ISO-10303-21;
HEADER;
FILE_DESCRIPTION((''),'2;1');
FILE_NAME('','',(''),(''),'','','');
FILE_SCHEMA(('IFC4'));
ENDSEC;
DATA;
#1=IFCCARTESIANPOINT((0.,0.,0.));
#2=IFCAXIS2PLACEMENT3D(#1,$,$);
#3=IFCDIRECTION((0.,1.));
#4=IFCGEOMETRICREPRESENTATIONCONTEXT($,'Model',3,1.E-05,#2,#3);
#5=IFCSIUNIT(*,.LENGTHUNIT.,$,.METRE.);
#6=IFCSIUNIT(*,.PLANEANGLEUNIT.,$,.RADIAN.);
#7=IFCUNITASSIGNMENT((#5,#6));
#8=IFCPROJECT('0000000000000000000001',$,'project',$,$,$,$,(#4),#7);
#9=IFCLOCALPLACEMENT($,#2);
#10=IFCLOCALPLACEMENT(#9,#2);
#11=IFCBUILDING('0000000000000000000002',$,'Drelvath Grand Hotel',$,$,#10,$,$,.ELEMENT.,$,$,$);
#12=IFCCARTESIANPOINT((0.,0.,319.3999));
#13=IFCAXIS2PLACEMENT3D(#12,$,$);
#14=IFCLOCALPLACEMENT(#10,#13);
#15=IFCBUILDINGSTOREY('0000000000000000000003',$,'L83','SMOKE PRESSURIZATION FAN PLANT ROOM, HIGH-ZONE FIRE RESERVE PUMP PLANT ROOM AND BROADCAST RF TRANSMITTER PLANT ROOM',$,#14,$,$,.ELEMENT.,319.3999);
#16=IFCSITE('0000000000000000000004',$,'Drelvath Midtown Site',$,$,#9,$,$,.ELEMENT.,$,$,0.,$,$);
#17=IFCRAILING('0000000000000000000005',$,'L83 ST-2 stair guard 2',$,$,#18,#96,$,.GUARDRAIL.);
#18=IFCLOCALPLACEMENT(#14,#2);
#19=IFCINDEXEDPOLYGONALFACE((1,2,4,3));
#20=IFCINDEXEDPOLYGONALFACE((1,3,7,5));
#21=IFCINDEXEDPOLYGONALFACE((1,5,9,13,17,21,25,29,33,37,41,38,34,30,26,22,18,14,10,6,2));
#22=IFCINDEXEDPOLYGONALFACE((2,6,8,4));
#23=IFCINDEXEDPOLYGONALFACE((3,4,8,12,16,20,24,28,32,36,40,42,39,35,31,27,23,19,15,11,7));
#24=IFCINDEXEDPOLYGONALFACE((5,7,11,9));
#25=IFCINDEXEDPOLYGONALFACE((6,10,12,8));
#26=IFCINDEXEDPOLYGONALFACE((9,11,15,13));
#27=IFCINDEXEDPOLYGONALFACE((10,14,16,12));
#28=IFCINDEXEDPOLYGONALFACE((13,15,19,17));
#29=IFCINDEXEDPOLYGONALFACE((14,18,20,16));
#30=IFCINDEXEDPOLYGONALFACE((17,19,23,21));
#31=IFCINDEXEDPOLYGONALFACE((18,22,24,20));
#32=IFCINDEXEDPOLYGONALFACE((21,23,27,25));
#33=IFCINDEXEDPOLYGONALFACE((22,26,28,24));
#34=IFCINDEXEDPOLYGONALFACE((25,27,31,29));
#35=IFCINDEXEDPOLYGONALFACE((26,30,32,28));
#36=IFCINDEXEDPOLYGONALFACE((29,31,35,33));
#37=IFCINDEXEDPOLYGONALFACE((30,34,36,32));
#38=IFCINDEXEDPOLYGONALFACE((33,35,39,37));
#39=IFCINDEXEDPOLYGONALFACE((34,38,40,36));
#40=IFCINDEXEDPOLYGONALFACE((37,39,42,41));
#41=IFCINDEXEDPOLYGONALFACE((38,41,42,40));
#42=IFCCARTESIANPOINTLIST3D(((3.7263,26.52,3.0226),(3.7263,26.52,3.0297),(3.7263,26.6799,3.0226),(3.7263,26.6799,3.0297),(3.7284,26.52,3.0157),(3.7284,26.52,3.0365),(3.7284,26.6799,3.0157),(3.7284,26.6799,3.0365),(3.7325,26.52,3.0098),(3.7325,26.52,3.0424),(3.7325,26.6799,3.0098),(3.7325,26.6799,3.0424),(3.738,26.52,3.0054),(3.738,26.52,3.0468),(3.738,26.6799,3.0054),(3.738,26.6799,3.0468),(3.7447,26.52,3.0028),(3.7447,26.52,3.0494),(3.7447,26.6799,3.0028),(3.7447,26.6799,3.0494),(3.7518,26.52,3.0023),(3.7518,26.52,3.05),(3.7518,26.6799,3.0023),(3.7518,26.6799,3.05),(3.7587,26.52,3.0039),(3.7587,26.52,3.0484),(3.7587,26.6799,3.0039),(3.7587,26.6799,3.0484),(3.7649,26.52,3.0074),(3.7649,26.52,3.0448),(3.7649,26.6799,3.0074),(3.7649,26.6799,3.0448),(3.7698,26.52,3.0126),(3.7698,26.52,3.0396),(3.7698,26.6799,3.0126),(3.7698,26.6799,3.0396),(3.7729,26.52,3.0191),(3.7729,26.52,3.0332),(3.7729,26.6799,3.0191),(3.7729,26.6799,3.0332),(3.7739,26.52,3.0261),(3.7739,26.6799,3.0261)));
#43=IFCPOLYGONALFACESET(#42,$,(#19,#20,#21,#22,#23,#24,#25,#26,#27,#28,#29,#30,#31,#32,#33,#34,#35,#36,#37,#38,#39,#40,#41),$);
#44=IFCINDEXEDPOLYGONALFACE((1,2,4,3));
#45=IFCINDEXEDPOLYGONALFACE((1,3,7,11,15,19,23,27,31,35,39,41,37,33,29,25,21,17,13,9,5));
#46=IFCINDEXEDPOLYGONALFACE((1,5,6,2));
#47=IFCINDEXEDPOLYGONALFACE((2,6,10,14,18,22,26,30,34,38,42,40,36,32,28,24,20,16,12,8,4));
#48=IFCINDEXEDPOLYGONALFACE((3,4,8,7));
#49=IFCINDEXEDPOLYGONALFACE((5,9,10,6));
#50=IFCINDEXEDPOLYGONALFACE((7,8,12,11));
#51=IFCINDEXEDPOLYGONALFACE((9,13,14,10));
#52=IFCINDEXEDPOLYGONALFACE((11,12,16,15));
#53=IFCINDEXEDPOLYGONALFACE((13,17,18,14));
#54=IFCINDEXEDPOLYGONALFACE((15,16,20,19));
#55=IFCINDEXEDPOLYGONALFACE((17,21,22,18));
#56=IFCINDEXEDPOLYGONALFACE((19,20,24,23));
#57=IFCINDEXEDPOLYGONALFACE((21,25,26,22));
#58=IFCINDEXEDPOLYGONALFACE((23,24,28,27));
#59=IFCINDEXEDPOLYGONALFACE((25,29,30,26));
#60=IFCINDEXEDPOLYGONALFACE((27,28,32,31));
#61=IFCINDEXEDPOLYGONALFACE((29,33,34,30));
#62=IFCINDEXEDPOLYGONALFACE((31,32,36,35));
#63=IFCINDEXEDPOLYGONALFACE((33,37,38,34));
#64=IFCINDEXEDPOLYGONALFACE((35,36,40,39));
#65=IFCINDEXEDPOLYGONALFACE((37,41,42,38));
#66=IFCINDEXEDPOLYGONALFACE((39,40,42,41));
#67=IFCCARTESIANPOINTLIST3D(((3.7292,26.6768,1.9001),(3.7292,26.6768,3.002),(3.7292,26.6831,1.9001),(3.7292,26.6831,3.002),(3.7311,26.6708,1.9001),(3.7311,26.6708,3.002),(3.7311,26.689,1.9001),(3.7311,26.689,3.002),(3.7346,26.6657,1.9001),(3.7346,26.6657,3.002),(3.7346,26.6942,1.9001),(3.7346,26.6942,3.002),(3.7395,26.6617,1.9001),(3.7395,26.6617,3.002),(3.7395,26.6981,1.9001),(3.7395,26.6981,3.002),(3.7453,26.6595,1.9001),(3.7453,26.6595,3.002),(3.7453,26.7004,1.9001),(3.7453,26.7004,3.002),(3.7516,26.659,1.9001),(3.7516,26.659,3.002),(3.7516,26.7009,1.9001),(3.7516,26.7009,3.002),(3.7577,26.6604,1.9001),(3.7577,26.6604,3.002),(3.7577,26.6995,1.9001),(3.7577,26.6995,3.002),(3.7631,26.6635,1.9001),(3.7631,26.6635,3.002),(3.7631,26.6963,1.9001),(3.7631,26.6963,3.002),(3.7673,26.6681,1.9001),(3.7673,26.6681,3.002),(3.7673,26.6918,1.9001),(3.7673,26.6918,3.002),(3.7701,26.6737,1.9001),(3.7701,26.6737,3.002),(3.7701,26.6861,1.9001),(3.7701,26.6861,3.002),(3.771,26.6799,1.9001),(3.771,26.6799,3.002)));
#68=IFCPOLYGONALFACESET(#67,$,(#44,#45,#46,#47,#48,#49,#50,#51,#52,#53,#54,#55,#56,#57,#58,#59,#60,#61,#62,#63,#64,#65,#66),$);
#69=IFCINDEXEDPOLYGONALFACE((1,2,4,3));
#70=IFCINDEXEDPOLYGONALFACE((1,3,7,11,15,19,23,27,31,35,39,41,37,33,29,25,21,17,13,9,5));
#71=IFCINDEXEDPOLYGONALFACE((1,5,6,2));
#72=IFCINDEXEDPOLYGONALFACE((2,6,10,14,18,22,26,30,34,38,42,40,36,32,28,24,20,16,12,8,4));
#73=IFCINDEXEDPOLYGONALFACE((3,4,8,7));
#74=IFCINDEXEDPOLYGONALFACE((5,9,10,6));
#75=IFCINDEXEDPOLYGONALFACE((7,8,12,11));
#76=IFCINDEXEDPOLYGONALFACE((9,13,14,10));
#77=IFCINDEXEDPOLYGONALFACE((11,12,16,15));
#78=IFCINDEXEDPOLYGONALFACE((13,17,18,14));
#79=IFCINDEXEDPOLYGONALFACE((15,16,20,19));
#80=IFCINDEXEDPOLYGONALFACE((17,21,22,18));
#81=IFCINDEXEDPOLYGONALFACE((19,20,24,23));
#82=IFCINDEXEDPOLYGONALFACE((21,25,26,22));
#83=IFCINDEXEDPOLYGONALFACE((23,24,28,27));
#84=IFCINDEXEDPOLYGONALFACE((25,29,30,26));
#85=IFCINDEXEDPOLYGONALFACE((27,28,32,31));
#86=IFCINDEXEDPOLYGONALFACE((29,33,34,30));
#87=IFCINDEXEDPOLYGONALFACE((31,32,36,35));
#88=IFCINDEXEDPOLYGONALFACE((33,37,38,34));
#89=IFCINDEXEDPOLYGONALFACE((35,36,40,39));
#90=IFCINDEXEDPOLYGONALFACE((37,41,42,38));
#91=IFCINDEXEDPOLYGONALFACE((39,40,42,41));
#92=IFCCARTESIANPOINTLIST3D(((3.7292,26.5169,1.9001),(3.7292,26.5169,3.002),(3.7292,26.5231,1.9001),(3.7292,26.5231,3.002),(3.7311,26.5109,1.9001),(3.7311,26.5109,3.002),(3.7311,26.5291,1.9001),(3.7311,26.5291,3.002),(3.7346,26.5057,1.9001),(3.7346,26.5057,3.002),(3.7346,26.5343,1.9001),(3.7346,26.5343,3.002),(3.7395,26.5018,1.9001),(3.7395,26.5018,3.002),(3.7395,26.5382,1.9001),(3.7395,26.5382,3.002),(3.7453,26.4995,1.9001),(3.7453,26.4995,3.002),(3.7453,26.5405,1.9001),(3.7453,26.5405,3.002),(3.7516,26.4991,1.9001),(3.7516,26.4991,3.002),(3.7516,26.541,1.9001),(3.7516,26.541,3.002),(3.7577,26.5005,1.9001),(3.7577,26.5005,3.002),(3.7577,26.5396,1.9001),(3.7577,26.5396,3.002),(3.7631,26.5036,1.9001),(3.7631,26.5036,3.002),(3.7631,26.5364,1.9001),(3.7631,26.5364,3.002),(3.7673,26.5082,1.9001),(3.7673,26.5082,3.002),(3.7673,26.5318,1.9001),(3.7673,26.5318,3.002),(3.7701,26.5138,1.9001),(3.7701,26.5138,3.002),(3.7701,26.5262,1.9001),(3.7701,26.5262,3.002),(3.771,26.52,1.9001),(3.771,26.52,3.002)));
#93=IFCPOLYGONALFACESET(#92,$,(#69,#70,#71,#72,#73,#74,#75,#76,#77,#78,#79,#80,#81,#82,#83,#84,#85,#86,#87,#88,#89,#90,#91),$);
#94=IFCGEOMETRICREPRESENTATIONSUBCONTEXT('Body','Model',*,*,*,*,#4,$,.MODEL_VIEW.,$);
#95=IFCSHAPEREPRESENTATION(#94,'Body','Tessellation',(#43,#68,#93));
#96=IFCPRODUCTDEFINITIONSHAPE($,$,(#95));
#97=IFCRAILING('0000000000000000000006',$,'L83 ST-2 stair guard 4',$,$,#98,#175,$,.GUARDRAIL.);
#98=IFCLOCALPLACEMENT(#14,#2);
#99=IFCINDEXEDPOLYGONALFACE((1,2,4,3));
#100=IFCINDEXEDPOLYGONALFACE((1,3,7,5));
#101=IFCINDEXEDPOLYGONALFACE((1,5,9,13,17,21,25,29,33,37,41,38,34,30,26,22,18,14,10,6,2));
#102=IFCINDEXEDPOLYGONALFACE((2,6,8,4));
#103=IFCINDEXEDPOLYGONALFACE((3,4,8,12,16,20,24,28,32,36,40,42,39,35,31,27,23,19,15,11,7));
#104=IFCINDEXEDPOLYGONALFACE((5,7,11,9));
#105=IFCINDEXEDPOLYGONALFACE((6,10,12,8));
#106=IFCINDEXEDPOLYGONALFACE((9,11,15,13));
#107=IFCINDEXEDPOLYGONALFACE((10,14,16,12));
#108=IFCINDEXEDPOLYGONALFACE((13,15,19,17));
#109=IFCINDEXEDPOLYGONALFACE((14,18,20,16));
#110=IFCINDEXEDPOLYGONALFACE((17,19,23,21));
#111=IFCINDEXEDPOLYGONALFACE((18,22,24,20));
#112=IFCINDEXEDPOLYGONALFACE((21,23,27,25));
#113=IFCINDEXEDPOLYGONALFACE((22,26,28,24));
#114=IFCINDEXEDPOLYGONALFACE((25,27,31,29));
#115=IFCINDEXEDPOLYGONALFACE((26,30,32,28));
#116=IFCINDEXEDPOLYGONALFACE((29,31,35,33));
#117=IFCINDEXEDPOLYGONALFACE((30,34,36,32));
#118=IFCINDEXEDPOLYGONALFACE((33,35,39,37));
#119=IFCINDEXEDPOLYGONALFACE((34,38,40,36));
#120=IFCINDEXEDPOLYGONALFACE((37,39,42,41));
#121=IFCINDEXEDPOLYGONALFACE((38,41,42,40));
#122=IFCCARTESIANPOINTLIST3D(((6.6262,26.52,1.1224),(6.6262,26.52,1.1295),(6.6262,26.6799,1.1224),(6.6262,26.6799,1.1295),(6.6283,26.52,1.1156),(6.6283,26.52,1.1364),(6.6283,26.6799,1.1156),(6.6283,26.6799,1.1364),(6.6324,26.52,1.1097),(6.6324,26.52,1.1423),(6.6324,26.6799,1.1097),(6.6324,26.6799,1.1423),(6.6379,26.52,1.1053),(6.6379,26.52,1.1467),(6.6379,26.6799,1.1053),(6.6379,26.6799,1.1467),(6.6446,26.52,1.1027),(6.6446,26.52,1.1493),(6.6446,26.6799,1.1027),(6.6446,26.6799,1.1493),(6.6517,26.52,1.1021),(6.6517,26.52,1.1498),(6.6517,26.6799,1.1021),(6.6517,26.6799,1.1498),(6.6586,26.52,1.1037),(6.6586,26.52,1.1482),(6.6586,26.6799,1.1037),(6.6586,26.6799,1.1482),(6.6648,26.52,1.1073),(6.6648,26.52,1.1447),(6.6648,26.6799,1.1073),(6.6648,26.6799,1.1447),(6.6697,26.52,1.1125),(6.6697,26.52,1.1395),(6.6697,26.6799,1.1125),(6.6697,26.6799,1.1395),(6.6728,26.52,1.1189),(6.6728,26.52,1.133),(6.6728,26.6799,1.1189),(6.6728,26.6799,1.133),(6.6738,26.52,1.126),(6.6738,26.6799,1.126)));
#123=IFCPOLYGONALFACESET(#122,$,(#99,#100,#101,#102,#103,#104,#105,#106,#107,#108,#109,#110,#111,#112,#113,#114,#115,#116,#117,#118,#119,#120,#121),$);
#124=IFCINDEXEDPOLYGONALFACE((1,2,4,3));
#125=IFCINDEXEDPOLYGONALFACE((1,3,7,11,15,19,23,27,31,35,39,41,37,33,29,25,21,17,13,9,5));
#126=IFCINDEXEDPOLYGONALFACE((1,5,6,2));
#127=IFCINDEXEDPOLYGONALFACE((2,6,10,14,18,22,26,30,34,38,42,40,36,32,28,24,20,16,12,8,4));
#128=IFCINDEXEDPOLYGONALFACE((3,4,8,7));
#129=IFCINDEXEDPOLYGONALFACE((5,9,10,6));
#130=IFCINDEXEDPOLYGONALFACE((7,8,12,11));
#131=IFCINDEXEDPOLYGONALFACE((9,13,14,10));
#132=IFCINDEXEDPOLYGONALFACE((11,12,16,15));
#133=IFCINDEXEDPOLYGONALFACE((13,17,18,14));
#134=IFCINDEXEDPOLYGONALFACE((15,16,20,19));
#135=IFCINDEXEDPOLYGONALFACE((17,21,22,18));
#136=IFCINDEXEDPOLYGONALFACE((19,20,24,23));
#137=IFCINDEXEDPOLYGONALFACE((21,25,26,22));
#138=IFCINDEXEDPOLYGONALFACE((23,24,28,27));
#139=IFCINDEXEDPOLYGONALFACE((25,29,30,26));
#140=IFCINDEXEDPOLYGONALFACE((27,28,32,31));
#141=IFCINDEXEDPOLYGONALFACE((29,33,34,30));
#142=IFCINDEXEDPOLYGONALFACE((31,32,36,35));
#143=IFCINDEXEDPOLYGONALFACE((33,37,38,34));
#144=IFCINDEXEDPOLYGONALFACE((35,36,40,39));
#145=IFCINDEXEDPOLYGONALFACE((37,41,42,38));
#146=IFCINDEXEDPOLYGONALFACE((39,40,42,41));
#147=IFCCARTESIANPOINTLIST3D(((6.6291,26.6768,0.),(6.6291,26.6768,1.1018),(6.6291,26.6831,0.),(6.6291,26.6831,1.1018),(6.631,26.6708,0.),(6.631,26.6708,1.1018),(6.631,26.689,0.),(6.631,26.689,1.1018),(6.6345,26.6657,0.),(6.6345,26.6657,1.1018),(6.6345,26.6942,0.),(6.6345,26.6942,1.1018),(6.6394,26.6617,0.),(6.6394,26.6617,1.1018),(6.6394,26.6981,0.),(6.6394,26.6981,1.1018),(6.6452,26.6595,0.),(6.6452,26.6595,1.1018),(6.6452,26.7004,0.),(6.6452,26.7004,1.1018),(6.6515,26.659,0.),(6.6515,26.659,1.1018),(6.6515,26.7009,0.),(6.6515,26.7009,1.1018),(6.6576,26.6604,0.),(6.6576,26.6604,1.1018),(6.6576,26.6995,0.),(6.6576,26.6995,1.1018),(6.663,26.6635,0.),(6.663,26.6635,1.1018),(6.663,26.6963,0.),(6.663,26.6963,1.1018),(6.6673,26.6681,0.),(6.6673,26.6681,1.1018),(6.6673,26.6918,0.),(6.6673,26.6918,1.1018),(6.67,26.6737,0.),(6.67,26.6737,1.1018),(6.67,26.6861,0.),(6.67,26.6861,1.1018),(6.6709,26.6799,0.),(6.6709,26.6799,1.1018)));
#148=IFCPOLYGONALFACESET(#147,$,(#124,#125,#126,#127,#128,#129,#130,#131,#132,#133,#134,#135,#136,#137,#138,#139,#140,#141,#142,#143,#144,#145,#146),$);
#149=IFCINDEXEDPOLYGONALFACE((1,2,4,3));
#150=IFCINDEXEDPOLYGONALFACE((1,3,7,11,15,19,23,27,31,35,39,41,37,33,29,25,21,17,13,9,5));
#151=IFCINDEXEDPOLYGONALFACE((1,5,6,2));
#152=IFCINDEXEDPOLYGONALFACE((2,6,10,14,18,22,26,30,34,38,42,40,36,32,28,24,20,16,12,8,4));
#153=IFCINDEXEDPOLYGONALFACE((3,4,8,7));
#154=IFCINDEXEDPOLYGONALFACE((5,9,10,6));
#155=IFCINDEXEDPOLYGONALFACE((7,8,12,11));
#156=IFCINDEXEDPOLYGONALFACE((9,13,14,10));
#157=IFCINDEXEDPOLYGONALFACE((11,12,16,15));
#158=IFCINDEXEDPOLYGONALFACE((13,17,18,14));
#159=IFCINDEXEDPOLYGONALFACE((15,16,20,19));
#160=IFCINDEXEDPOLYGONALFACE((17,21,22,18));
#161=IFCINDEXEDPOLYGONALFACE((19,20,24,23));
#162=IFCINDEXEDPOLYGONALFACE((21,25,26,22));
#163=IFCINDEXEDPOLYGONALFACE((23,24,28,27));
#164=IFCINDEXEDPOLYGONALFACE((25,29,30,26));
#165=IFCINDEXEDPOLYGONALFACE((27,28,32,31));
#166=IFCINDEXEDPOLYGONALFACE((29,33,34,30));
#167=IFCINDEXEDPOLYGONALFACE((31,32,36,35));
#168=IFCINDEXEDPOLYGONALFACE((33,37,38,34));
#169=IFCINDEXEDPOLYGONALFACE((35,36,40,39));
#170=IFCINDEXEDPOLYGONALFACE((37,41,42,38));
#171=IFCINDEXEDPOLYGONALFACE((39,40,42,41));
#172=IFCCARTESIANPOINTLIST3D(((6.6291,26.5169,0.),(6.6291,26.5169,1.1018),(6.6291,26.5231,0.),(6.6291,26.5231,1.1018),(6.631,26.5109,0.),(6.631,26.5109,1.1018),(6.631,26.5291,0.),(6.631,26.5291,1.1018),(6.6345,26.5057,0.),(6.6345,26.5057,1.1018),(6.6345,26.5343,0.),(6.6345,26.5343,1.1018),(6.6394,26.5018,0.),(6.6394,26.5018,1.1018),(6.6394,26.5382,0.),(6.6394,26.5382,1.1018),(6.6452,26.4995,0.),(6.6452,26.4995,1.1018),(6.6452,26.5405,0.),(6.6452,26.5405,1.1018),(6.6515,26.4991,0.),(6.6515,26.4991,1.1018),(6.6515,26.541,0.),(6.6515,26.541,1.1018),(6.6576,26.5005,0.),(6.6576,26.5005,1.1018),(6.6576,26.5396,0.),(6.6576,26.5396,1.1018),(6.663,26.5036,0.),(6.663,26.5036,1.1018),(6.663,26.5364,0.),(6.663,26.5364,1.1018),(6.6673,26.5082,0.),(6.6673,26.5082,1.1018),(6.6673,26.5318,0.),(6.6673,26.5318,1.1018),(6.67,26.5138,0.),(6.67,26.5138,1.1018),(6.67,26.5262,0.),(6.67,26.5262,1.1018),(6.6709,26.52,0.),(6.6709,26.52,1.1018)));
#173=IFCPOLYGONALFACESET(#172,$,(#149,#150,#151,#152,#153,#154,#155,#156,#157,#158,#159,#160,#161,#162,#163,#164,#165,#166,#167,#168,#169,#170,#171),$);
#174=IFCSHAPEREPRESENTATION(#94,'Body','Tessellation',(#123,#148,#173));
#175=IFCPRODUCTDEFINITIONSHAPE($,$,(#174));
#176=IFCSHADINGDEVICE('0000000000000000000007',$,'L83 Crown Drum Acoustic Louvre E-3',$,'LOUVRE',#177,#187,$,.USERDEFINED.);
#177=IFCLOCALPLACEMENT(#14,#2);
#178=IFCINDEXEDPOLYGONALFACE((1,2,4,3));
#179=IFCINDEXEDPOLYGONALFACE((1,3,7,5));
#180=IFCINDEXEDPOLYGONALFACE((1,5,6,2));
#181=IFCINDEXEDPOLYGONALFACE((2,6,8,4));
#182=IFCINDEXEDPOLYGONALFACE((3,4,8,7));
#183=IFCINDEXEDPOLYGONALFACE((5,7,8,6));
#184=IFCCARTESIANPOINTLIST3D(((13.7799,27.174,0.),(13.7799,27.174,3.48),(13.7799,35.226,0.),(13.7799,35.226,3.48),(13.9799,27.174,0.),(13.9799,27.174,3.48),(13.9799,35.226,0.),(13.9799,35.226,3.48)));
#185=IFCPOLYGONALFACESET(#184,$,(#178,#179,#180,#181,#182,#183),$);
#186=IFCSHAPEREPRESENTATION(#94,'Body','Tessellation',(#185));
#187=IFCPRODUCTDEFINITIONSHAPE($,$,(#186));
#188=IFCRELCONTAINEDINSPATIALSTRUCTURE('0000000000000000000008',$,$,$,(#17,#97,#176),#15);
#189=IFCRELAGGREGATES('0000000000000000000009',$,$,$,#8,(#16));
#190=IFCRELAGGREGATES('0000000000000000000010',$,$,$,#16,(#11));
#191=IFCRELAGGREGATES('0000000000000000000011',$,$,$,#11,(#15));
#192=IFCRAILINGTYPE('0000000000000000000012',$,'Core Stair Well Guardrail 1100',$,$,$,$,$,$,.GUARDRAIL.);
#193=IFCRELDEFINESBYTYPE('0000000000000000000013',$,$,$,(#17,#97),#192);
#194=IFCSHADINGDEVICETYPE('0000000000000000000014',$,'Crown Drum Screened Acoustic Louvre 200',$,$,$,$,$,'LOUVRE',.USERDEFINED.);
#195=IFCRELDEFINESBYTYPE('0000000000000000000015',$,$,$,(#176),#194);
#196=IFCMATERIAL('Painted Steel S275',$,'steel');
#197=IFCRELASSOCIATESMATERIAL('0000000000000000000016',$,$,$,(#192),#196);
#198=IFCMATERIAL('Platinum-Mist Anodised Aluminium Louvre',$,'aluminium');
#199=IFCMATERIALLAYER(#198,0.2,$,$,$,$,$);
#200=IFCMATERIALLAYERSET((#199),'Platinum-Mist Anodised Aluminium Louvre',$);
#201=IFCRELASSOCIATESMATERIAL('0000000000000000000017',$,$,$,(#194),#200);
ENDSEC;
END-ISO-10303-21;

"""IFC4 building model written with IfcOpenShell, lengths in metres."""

from ifc_helpers import new_model, si_unit, direction, frame, origin, origin_2d, place, context, subcontext, project, spatial, rectangle, circle, extrude, material, layer, layer_set, type_object, element, save


model = new_model("IFC4")

# Units and contexts
model_context = context("Model", 3, precision=1e-05, world=origin(), true_north=direction((0.0, 1.0)))
body_context = subcontext(model_context, "Body", "Model", "MODEL_VIEW")
ifc_project = project(units=[si_unit("LENGTHUNIT", "METRE"), si_unit("PLANEANGLEUNIT", "RADIAN")], contexts=[model_context])

# Site, building, storey
site_placement = place(None, origin())
site = spatial("IfcSite", under=ifc_project, at=site_placement, Name="Drelvath Midtown Site", CompositionType="ELEMENT", RefElevation=0.0)
building_placement = place(site_placement, origin())
building = spatial("IfcBuilding", under=site, at=building_placement, Name="Drelvath Grand Hotel", CompositionType="ELEMENT")
storey_placement = place(building_placement, frame((0.0, 0.0, 319.3999)))
storey = spatial("IfcBuildingStorey", under=building, at=storey_placement, Name="L83", Description="SMOKE PRESSURIZATION FAN PLANT ROOM, HIGH-ZONE FIRE RESERVE PUMP PLANT ROOM AND BROADCAST RF TRANSMITTER PLANT ROOM", CompositionType="ELEMENT", Elevation=319.3999)

# Shared definitions
ifc_material_1 = material(Name="Painted Steel S275", Category="steel")

# Railings
railing_type_1 = type_object("IfcRailingType", Name="Core Stair Well Guardrail 1100", PredefinedType="GUARDRAIL", material=ifc_material_1)
for number, where, name in (
    (1, (3.75, 26.6799, 1.9001), "L83 ST-2 stair guard 2"),
    (2, (6.6499, 26.6799, 0.0), "L83 ST-2 stair guard 4"),
):
    element("IfcRailing", number, at=place(storey_placement, frame(where)), inside=storey, type_object=railing_type_1, Name=name, PredefinedType="GUARDRAIL", context=body_context, shape_type="SweptSolid", body=[
        extrude(circle(Radius=0.0239, at=origin_2d()), frame((0.0, 0.0, 1.126), z_axis=(0.0, -1.0, 0.0), x_axis=(1.0, 0.0, 0.0)), (0.0, 0.0, 1.0), 0.1599),
        extrude(circle(Radius=0.021, at=origin_2d()), origin(), (0.0, 0.0, 1.0), 1.1018),
        extrude(circle(Radius=0.021, at=origin_2d()), frame((0.0, -0.1599, 0.0)), (0.0, 0.0, 1.0), 1.1018),
    ])

# Shading device
ifc_material_2 = material(Name="Platinum-Mist Anodised Aluminium Louvre", Category="aluminium")
ifc_layer_1 = layer(ifc_material_2, 0.2)
ifc_layer_set_1 = layer_set([ifc_layer_1], Name="Platinum-Mist Anodised Aluminium Louvre")
shading_device_type = type_object("IfcShadingDeviceType", Name="Crown Drum Screened Acoustic Louvre 200", ElementType="LOUVRE", PredefinedType="USERDEFINED", material=ifc_layer_set_1)
shading_device_placement = place(storey_placement, frame((13.8799, 31.2, 0.0), z_axis=(0.0, 0.0, 1.0), x_axis=(0.0, 1.0, 0.0)))
element("IfcShadingDevice", 3, at=shading_device_placement, inside=storey, type_object=shading_device_type, Name="L83 Crown Drum Acoustic Louvre E-3", ObjectType="LOUVRE", PredefinedType="USERDEFINED", context=body_context, shape_type="SweptSolid", body=[
    extrude(rectangle(XDim=8.052, YDim=0.2, at=origin_2d()), origin(), (0.0, 0.0, 1.0), 3.48),
])

save(model, "model.ifc")
